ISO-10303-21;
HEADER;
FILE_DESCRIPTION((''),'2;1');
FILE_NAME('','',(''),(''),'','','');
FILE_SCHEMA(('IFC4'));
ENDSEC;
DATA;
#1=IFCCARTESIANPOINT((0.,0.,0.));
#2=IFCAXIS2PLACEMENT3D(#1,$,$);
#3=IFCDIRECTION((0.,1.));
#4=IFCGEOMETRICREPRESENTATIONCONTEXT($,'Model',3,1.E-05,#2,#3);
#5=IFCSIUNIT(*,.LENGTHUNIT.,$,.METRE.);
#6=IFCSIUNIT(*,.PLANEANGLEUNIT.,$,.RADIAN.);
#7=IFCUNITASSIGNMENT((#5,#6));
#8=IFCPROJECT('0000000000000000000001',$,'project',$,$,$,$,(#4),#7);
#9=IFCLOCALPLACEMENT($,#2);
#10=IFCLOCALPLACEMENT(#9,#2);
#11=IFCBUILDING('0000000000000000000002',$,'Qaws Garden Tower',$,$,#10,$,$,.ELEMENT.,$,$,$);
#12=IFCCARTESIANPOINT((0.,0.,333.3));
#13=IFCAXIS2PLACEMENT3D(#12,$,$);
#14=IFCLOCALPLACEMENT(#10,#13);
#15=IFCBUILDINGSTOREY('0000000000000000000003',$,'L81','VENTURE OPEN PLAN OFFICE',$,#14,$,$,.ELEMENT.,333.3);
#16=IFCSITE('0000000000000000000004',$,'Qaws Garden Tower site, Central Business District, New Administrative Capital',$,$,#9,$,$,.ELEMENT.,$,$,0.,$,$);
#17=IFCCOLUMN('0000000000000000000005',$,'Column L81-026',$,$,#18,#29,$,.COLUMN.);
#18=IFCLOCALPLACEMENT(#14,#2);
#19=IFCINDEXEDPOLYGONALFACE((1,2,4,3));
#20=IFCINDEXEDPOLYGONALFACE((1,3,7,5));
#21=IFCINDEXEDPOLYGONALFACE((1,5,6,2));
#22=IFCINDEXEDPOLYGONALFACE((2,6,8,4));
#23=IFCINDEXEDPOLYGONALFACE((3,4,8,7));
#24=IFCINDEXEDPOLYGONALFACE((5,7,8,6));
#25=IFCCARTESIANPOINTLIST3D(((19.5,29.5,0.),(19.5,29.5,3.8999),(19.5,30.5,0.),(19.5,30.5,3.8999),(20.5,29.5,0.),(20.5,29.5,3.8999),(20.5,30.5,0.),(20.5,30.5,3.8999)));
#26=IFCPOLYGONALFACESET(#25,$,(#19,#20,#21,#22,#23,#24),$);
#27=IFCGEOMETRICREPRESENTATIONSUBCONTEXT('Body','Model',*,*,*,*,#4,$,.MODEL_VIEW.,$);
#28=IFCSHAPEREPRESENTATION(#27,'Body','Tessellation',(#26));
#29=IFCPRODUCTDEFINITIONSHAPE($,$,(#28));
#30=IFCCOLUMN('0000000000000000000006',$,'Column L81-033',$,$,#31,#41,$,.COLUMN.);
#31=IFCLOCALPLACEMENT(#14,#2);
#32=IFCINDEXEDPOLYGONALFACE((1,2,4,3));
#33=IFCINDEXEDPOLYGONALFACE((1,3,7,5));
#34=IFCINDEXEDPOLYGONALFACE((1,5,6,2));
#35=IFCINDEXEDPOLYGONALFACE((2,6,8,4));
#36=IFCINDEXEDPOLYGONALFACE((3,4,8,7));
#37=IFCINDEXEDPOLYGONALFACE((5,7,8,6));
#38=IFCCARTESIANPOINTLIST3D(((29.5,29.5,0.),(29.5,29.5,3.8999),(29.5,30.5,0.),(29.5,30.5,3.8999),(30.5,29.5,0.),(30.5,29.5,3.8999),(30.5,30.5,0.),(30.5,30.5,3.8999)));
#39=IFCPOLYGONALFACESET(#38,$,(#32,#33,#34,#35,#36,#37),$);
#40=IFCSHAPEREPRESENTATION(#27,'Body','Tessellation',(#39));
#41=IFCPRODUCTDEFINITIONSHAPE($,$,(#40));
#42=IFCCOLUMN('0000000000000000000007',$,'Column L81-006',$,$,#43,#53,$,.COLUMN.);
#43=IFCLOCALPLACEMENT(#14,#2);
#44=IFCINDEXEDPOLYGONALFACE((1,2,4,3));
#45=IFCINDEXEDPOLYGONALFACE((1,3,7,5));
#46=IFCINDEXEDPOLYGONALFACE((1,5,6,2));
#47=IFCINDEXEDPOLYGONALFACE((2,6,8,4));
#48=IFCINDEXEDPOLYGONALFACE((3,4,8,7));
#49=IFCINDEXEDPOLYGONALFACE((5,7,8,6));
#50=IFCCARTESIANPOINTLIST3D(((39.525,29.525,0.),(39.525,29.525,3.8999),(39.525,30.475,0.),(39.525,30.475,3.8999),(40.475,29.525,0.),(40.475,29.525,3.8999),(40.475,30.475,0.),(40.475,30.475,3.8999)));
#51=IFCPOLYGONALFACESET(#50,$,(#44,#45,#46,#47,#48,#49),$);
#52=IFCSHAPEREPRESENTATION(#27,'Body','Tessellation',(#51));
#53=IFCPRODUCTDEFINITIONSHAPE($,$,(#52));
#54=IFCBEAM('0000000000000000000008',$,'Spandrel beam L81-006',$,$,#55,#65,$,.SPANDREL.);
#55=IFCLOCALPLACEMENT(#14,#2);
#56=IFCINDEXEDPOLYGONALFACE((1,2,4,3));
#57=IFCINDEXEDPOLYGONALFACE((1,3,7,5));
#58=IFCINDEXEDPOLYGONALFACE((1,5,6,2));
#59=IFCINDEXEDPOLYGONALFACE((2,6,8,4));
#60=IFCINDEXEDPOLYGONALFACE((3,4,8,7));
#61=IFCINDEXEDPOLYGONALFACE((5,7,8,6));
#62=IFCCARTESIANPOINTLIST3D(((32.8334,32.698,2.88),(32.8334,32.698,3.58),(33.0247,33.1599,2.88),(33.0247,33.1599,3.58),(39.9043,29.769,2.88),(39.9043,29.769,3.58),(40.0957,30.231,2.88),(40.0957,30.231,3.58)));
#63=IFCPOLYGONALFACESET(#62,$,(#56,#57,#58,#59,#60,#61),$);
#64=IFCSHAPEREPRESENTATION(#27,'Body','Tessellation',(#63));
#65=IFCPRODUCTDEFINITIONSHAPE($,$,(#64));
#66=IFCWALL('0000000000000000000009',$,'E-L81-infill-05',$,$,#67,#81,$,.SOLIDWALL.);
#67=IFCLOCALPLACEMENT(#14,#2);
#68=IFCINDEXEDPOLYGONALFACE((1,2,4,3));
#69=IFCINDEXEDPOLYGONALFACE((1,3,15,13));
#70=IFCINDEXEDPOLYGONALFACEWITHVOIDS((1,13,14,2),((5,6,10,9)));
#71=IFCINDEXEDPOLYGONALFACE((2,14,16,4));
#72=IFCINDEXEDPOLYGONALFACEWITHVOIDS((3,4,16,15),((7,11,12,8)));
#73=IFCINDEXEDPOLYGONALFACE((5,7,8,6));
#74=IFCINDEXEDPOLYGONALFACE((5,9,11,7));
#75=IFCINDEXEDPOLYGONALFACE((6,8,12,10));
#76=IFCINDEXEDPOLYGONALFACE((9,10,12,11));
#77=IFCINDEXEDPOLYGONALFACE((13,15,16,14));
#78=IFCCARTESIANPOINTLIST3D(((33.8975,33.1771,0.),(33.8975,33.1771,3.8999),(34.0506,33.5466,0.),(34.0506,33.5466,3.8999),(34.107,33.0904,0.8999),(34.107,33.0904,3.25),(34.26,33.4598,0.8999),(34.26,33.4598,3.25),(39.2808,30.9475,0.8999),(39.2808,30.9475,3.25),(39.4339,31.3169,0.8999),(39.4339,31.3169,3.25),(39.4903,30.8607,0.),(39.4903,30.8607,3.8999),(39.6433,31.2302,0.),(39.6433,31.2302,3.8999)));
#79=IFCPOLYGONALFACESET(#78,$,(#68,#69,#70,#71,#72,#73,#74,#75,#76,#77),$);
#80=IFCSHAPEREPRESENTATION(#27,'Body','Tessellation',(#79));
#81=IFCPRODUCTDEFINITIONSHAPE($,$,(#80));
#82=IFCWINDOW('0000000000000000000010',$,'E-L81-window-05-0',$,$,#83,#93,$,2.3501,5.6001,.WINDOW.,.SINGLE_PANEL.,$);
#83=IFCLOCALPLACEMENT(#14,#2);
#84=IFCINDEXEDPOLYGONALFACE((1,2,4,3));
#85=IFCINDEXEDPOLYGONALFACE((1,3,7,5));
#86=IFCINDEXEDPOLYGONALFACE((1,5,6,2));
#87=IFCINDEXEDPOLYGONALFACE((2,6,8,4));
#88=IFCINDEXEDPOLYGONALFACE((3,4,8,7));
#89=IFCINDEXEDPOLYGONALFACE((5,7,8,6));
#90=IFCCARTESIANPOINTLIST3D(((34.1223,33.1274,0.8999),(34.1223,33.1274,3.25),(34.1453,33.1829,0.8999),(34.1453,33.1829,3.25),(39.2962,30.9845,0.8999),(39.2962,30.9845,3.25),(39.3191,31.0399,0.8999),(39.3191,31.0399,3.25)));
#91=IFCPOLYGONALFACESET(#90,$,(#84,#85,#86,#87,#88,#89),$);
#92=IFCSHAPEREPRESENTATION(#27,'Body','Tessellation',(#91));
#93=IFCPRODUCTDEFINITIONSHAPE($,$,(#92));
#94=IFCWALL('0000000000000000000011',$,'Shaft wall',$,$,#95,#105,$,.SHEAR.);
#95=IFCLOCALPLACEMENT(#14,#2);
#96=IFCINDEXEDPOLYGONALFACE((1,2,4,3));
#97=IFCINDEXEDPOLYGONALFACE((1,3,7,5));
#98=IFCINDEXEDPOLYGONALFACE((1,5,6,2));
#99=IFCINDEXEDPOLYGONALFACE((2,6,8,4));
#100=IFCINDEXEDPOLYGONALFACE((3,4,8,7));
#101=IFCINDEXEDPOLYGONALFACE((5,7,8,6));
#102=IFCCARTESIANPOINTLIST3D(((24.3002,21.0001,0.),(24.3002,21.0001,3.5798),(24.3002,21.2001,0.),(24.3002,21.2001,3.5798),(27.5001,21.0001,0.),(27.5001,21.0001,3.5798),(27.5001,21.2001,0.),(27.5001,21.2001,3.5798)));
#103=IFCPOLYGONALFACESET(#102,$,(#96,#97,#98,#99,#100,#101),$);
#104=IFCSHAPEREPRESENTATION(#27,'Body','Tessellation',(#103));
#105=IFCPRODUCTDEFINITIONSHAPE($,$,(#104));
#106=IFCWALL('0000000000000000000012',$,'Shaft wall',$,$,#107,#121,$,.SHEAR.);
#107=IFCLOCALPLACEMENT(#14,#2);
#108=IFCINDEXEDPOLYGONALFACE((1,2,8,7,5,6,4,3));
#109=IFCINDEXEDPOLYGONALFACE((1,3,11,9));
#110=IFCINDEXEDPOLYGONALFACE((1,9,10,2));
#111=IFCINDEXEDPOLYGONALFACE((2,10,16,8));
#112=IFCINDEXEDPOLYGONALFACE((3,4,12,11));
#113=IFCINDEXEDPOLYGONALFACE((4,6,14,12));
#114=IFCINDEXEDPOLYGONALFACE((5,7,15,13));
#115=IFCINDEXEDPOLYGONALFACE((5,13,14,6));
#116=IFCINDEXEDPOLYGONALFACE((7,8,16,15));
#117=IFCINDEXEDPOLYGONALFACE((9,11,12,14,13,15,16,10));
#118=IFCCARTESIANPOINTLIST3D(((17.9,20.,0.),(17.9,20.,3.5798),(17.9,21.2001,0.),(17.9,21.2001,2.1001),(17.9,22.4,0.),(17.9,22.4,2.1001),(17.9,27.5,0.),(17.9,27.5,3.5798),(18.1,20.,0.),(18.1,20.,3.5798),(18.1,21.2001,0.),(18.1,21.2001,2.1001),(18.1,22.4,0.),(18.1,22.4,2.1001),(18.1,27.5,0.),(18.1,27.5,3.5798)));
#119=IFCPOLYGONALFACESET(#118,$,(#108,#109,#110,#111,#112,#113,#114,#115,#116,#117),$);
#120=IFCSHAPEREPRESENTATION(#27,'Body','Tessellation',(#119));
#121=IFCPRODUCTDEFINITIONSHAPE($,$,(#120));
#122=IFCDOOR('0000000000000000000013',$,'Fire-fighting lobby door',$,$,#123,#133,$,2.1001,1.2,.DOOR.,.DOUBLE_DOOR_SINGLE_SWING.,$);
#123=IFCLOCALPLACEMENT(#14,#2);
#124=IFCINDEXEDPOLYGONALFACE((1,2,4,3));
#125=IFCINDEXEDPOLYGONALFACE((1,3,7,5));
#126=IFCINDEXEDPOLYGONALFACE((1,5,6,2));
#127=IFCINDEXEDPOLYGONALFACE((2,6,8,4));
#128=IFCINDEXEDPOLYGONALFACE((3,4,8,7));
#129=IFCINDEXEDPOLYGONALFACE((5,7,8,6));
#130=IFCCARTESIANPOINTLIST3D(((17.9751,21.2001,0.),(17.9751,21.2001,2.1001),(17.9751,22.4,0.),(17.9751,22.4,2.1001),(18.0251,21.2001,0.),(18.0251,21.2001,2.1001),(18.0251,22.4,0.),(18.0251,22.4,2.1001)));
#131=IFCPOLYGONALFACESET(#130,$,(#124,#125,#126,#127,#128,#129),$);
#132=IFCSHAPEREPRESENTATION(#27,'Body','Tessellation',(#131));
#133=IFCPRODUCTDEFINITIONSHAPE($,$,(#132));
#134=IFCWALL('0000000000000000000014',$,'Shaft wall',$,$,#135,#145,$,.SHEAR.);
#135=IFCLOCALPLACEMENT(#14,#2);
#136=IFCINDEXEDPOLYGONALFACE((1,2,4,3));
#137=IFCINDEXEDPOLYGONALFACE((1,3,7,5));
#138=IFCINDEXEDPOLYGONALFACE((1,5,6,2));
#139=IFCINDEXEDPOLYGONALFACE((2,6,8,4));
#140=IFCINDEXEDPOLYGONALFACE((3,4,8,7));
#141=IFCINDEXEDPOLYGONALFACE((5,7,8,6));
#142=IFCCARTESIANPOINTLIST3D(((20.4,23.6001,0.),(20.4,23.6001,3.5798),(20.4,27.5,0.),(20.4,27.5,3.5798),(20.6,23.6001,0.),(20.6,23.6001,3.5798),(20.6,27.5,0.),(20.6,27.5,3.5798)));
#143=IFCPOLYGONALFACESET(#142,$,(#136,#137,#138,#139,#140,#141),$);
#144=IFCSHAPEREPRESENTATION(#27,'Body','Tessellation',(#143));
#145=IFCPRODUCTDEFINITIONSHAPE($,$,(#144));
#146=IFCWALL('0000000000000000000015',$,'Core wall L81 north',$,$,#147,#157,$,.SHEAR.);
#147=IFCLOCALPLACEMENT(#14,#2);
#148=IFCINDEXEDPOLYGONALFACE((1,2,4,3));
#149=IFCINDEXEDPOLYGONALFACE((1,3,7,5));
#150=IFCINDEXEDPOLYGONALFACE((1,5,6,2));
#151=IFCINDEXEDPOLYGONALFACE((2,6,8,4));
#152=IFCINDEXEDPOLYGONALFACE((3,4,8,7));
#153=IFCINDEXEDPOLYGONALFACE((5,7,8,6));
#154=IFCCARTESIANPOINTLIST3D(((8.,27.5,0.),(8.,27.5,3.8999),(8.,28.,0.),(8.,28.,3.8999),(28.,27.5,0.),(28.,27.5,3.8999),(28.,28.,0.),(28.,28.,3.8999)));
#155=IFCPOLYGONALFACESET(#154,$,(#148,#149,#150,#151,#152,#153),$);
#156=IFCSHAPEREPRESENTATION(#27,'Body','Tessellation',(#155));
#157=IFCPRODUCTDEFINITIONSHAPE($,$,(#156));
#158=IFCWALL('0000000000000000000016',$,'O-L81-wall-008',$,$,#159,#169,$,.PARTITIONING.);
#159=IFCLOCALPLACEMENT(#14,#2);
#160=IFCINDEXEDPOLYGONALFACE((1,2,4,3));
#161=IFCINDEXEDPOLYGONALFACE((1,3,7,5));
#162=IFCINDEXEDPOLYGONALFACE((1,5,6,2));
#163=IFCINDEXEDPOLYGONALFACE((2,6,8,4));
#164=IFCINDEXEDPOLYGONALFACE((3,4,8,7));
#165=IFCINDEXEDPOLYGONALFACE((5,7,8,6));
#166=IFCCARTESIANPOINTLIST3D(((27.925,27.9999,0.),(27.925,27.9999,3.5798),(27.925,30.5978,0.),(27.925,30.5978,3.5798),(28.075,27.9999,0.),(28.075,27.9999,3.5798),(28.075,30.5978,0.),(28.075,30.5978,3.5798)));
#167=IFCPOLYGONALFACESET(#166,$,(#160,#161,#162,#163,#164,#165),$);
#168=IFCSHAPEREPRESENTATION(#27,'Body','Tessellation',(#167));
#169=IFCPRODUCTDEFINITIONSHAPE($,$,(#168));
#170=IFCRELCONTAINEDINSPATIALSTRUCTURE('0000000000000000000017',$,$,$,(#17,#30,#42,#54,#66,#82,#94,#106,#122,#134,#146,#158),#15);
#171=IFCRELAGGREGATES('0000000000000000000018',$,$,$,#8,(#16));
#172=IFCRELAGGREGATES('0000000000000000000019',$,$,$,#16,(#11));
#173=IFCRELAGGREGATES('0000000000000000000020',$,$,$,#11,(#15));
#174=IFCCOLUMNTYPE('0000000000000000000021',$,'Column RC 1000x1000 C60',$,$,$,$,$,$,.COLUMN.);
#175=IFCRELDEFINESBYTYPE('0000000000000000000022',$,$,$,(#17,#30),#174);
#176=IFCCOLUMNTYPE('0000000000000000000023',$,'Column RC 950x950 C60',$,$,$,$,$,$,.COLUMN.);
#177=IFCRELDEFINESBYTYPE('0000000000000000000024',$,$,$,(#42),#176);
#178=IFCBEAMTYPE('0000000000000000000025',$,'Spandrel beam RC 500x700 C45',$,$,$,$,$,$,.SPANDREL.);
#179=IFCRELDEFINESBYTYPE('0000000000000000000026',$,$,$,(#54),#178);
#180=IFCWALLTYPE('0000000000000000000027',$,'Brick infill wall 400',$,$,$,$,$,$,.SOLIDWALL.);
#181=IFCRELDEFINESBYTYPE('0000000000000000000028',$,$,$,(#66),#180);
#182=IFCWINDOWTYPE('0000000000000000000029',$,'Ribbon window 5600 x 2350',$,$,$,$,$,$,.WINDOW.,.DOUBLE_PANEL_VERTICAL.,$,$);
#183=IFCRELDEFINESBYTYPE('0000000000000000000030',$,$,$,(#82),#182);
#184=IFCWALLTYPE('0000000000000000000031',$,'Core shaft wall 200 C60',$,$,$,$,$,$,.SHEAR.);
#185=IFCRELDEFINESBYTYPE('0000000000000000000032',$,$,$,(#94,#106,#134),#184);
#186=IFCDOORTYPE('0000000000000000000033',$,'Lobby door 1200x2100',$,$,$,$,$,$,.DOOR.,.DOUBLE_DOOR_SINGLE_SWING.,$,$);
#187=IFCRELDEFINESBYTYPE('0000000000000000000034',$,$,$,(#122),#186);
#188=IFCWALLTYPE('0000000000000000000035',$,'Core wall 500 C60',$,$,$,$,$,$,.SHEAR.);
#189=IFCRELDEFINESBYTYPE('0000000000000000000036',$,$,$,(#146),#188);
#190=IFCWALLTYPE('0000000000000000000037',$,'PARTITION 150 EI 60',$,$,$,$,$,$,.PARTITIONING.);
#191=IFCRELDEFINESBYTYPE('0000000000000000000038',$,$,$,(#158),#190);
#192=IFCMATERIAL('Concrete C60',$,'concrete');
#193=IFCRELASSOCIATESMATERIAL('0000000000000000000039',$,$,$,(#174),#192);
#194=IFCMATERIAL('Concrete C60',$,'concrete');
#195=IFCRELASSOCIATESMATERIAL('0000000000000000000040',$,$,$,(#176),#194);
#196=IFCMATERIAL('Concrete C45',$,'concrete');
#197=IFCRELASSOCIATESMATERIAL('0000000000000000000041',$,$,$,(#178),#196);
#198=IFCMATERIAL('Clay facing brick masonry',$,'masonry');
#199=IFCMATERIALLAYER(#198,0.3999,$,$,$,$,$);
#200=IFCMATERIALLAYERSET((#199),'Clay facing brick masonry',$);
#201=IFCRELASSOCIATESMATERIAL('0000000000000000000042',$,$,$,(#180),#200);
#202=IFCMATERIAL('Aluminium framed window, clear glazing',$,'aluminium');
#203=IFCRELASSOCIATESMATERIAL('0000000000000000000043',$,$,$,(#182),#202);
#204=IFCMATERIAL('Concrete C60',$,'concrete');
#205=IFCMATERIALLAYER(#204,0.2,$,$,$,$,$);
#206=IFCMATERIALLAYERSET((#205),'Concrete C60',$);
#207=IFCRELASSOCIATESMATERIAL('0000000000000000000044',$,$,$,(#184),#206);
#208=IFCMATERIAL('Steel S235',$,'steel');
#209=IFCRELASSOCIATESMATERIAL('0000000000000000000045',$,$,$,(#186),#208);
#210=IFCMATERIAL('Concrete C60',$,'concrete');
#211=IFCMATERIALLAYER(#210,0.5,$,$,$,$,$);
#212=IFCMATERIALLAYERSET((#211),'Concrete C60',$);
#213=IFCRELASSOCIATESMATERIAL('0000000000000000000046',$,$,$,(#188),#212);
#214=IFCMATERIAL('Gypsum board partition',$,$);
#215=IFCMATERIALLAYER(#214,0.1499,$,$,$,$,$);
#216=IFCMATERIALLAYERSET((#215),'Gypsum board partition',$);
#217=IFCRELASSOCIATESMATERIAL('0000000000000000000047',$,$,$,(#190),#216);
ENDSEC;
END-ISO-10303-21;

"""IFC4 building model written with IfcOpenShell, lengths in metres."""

from ifc_helpers import new_model, si_unit, direction, frame, frame_2d, origin, origin_2d, place, context, subcontext, project, spatial, rectangle, extrude, material, layer, layer_set, material_profile, profile_set, type_object, element, fill, save


model = new_model("IFC4")

# Units and contexts
model_context = context("Model", 3, precision=1e-05, world=origin(), true_north=direction((0.0, 1.0)))
body_context = subcontext(model_context, "Body", "Model", "MODEL_VIEW")
ifc_project = project(units=[si_unit("LENGTHUNIT", "METRE"), si_unit("PLANEANGLEUNIT", "RADIAN")], contexts=[model_context])

# Site, building, storey
site_placement = place(None, origin())
site = spatial("IfcSite", under=ifc_project, at=site_placement, Name="Qaws Garden Tower site, Central Business District, New Administrative Capital", CompositionType="ELEMENT", RefElevation=0.0)
building_placement = place(site_placement, origin())
building = spatial("IfcBuilding", under=site, at=building_placement, Name="Qaws Garden Tower", CompositionType="ELEMENT")
storey_placement = place(building_placement, frame((0.0, 0.0, 333.3)))
storey = spatial("IfcBuildingStorey", under=building, at=storey_placement, Name="L81", Description="VENTURE OPEN PLAN OFFICE", CompositionType="ELEMENT", Elevation=333.3)

# Columns
ifc_material_1 = material(Name="Concrete C60", Category="concrete")
ifc_material_profile_1 = material_profile(ifc_material_1, rectangle(XDim=1.0, YDim=1.0, at=origin_2d()), Name="RC 1000x1000")
ifc_profile_set_1 = profile_set([ifc_material_profile_1], Name="Concrete C60")
column_type_1 = type_object("IfcColumnType", Name="Column RC 1000x1000 C60", PredefinedType="COLUMN", material=ifc_profile_set_1)
for number, where, z_axis, x_axis, name in (
    (1, (20.0, 30.0, 0.0), (0.0, 0.0, 1.0), (1.0, 0.0, 0.0), "Column L81-026"),
    (2, (30.0, 30.0, 0.0), (0.0, 0.0, 1.0), (1.0, 0.0, 0.0), "Column L81-033"),
):
    element("IfcColumn", number, at=place(storey_placement, frame(where, z_axis=z_axis, x_axis=x_axis)), inside=storey, type_object=column_type_1, Name=name, PredefinedType="COLUMN", context=body_context, shape_type="SweptSolid", body=[
        extrude(rectangle(XDim=1.0, YDim=1.0, at=origin_2d()), origin(), (0.0, 0.0, 1.0), 3.8999),
    ])
ifc_material_2 = material(Name="Concrete C60", Category="concrete")
ifc_material_profile_2 = material_profile(ifc_material_2, rectangle(XDim=0.95, YDim=0.95, at=origin_2d()), Name="RC 950x950")
ifc_profile_set_2 = profile_set([ifc_material_profile_2], Name="Concrete C60")
column_type_2 = type_object("IfcColumnType", Name="Column RC 950x950 C60", PredefinedType="COLUMN", material=ifc_profile_set_2)
column_placement = place(storey_placement, frame((40.0, 30.0, 0.0), z_axis=(0.0, 0.0, 1.0), x_axis=(1.0, 0.0, 0.0)))
element("IfcColumn", 3, at=column_placement, inside=storey, type_object=column_type_2, Name="Column L81-006", PredefinedType="COLUMN", context=body_context, shape_type="SweptSolid", body=[
    extrude(rectangle(XDim=0.95, YDim=0.95, at=origin_2d()), origin(), (0.0, 0.0, 1.0), 3.8999),
])

# Beam
ifc_material_3 = material(Name="Concrete C45", Category="concrete")
ifc_material_profile_3 = material_profile(ifc_material_3, rectangle(XDim=0.5, YDim=0.7, at=origin_2d()), Name="RC 500x700")
ifc_profile_set_3 = profile_set([ifc_material_profile_3], Name="Concrete C45")
beam_type = type_object("IfcBeamType", Name="Spandrel beam RC 500x700 C45", PredefinedType="SPANDREL", material=ifc_profile_set_3)
beam_placement = place(storey_placement, frame((40.0, 30.0, 3.23), z_axis=(-0.923878, 0.382687, 0.0), x_axis=(-0.382687, -0.923878, 0.0)))
element("IfcBeam", 4, at=beam_placement, inside=storey, type_object=beam_type, Name="Spandrel beam L81-006", PredefinedType="SPANDREL", context=body_context, shape_type="SweptSolid", body=[
    extrude(rectangle(XDim=0.5, YDim=0.7, at=origin_2d()), origin(), (0.0, 0.0, 1.0), 7.6536),
])

# Wall, opening, window
ifc_material_4 = material(Name="Clay facing brick masonry", Category="masonry")
ifc_layer_1 = layer(ifc_material_4, 0.3999)
ifc_layer_set_1 = layer_set([ifc_layer_1], Name="Clay facing brick masonry")
wall_type_1 = type_object("IfcWallType", Name="Brick infill wall 400", PredefinedType="SOLIDWALL", material=ifc_layer_set_1)
wall_1_placement = place(storey_placement, frame((39.5669, 31.0454, 0.0), z_axis=(0.0, 0.0, 1.0), x_axis=(-0.923891, 0.382656, 0.0)))
wall_1 = element("IfcWall", 5, at=wall_1_placement, inside=storey, type_object=wall_type_1, Name="E-L81-infill-05", PredefinedType="SOLIDWALL", context=body_context, shape_type="SweptSolid", body=[
    extrude(rectangle(XDim=6.0535, YDim=0.3999, at=frame_2d((3.0269, 0.0))), origin(), (0.0, 0.0, 1.0), 3.8999),
])
opening_1_placement = place(wall_1_placement, frame((0.2268, 0.0, 0.8999)))
opening_1 = element("IfcOpeningElement", 6, at=opening_1_placement, cuts=wall_1, PredefinedType="OPENING", context=body_context, shape_type="SweptSolid", body=[
    extrude(rectangle(XDim=5.6001, YDim=2.3501, at=frame_2d((2.8, 1.175))), frame((0.0, 0.21, 0.0), z_axis=(0.0, -1.0, 0.0), x_axis=(1.0, 0.0, 0.0)), (0.0, 0.0, 1.0), 0.4199),
])
ifc_material_5 = material(Name="Aluminium framed window, clear glazing", Category="aluminium")
window_type = type_object("IfcWindowType", Name="Ribbon window 5600 x 2350", PartitioningType="DOUBLE_PANEL_VERTICAL", PredefinedType="WINDOW", material=ifc_material_5)
window_placement = place(opening_1_placement, origin())
window = element("IfcWindow", 7, at=window_placement, inside=storey, type_object=window_type, Name="E-L81-window-05-0", OverallHeight=2.3501, OverallWidth=5.6001, PartitioningType="SINGLE_PANEL", PredefinedType="WINDOW", context=body_context, shape_type="SweptSolid", body=[
    extrude(rectangle(XDim=5.6001, YDim=2.3501, at=frame_2d((2.8, 1.175))), frame((0.0, 0.1599, 0.0), z_axis=(0.0, -1.0, 0.0), x_axis=(1.0, 0.0, 0.0)), (0.0, 0.0, 1.0), 0.0601),
])
fill(opening_1, window)

# Wall
ifc_material_6 = material(Name="Concrete C60", Category="concrete")
ifc_layer_2 = layer(ifc_material_6, 0.2)
ifc_layer_set_2 = layer_set([ifc_layer_2], Name="Concrete C60")
wall_type_2 = type_object("IfcWallType", Name="Core shaft wall 200 C60", PredefinedType="SHEAR", material=ifc_layer_set_2)
wall_2_placement = place(storey_placement, frame((24.3, 21.1001, 0.0), z_axis=(0.0, 0.0, 1.0), x_axis=(1.0, 0.0, 0.0)))
element("IfcWall", 8, at=wall_2_placement, inside=storey, type_object=wall_type_2, Name="Shaft wall", PredefinedType="SHEAR", context=body_context, shape_type="SweptSolid", body=[
    extrude(rectangle(XDim=3.2, YDim=0.2, at=frame_2d((1.6001, 0.0))), origin(), (0.0, 0.0, 1.0), 3.5798),
])

# Wall, opening, door
wall_3_placement = place(storey_placement, frame((18.0, 20.0, 0.0), z_axis=(0.0, 0.0, 1.0), x_axis=(0.0, 1.0, 0.0)))
wall_3 = element("IfcWall", 9, at=wall_3_placement, inside=storey, type_object=wall_type_2, Name="Shaft wall", PredefinedType="SHEAR", context=body_context, shape_type="SweptSolid", body=[
    extrude(rectangle(XDim=7.5, YDim=0.2, at=frame_2d((3.75, 0.0))), origin(), (0.0, 0.0, 1.0), 3.5798),
])
opening_2_placement = place(wall_3_placement, frame((1.2, 0.0, 0.0)))
opening_2 = element("IfcOpeningElement", 10, at=opening_2_placement, cuts=wall_3, PredefinedType="OPENING", context=body_context, shape_type="SweptSolid", body=[
    extrude(rectangle(XDim=1.2, YDim=2.1001, at=frame_2d((0.6001, 1.05))), frame((0.0, 0.1099, 0.0), z_axis=(0.0, -1.0, 0.0), x_axis=(1.0, 0.0, 0.0)), (0.0, 0.0, 1.0), 0.22),
])
ifc_material_7 = material(Name="Steel S235", Category="steel")
door_type = type_object("IfcDoorType", Name="Lobby door 1200x2100", OperationType="DOUBLE_DOOR_SINGLE_SWING", PredefinedType="DOOR", material=ifc_material_7)
door_placement = place(opening_2_placement, origin())
door = element("IfcDoor", 11, at=door_placement, inside=storey, type_object=door_type, Name="Fire-fighting lobby door", OperationType="DOUBLE_DOOR_SINGLE_SWING", OverallHeight=2.1001, OverallWidth=1.2, PredefinedType="DOOR", context=body_context, shape_type="SweptSolid", body=[
    extrude(rectangle(XDim=1.2, YDim=2.1001, at=frame_2d((0.6001, 1.05))), frame((0.0, 0.0249, 0.0), z_axis=(0.0, -1.0, 0.0), x_axis=(1.0, 0.0, 0.0)), (0.0, 0.0, 1.0), 0.05),
])
fill(opening_2, door)

# Walls
wall_4_placement = place(storey_placement, frame((20.5, 23.6001, 0.0), z_axis=(0.0, 0.0, 1.0), x_axis=(0.0, 1.0, 0.0)))
element("IfcWall", 12, at=wall_4_placement, inside=storey, type_object=wall_type_2, Name="Shaft wall", PredefinedType="SHEAR", context=body_context, shape_type="SweptSolid", body=[
    extrude(rectangle(XDim=3.8999, YDim=0.2, at=frame_2d((1.95, 0.0))), origin(), (0.0, 0.0, 1.0), 3.5798),
])
ifc_material_8 = material(Name="Concrete C60", Category="concrete")
ifc_layer_3 = layer(ifc_material_8, 0.5)
ifc_layer_set_3 = layer_set([ifc_layer_3], Name="Concrete C60")
wall_type_3 = type_object("IfcWallType", Name="Core wall 500 C60", PredefinedType="SHEAR", material=ifc_layer_set_3)
wall_5_placement = place(storey_placement, frame((28.0, 27.75, 0.0), z_axis=(0.0, 0.0, 1.0), x_axis=(-1.0, 0.0, 0.0)))
element("IfcWall", 13, at=wall_5_placement, inside=storey, type_object=wall_type_3, Name="Core wall L81 north", PredefinedType="SHEAR", context=body_context, shape_type="SweptSolid", body=[
    extrude(rectangle(XDim=20.0, YDim=0.5, at=frame_2d((10.0, 0.0))), origin(), (0.0, 0.0, 1.0), 3.8999),
])
ifc_material_9 = material(Name="Gypsum board partition")
ifc_layer_4 = layer(ifc_material_9, 0.1499)
ifc_layer_set_4 = layer_set([ifc_layer_4], Name="Gypsum board partition")
wall_type_4 = type_object("IfcWallType", Name="PARTITION 150 EI 60", PredefinedType="PARTITIONING", material=ifc_layer_set_4)
wall_6_placement = place(storey_placement, frame((28.0, 28.0, 0.0), z_axis=(0.0, 0.0, 1.0), x_axis=(0.0, 1.0, 0.0)))
element("IfcWall", 14, at=wall_6_placement, inside=storey, type_object=wall_type_4, Name="O-L81-wall-008", PredefinedType="PARTITIONING", context=body_context, shape_type="SweptSolid", body=[
    extrude(rectangle(XDim=2.5979, YDim=0.1499, at=frame_2d((1.2988, 0.0))), origin(), (0.0, 0.0, 1.0), 3.5798),
])

save(model, "model.ifc")
